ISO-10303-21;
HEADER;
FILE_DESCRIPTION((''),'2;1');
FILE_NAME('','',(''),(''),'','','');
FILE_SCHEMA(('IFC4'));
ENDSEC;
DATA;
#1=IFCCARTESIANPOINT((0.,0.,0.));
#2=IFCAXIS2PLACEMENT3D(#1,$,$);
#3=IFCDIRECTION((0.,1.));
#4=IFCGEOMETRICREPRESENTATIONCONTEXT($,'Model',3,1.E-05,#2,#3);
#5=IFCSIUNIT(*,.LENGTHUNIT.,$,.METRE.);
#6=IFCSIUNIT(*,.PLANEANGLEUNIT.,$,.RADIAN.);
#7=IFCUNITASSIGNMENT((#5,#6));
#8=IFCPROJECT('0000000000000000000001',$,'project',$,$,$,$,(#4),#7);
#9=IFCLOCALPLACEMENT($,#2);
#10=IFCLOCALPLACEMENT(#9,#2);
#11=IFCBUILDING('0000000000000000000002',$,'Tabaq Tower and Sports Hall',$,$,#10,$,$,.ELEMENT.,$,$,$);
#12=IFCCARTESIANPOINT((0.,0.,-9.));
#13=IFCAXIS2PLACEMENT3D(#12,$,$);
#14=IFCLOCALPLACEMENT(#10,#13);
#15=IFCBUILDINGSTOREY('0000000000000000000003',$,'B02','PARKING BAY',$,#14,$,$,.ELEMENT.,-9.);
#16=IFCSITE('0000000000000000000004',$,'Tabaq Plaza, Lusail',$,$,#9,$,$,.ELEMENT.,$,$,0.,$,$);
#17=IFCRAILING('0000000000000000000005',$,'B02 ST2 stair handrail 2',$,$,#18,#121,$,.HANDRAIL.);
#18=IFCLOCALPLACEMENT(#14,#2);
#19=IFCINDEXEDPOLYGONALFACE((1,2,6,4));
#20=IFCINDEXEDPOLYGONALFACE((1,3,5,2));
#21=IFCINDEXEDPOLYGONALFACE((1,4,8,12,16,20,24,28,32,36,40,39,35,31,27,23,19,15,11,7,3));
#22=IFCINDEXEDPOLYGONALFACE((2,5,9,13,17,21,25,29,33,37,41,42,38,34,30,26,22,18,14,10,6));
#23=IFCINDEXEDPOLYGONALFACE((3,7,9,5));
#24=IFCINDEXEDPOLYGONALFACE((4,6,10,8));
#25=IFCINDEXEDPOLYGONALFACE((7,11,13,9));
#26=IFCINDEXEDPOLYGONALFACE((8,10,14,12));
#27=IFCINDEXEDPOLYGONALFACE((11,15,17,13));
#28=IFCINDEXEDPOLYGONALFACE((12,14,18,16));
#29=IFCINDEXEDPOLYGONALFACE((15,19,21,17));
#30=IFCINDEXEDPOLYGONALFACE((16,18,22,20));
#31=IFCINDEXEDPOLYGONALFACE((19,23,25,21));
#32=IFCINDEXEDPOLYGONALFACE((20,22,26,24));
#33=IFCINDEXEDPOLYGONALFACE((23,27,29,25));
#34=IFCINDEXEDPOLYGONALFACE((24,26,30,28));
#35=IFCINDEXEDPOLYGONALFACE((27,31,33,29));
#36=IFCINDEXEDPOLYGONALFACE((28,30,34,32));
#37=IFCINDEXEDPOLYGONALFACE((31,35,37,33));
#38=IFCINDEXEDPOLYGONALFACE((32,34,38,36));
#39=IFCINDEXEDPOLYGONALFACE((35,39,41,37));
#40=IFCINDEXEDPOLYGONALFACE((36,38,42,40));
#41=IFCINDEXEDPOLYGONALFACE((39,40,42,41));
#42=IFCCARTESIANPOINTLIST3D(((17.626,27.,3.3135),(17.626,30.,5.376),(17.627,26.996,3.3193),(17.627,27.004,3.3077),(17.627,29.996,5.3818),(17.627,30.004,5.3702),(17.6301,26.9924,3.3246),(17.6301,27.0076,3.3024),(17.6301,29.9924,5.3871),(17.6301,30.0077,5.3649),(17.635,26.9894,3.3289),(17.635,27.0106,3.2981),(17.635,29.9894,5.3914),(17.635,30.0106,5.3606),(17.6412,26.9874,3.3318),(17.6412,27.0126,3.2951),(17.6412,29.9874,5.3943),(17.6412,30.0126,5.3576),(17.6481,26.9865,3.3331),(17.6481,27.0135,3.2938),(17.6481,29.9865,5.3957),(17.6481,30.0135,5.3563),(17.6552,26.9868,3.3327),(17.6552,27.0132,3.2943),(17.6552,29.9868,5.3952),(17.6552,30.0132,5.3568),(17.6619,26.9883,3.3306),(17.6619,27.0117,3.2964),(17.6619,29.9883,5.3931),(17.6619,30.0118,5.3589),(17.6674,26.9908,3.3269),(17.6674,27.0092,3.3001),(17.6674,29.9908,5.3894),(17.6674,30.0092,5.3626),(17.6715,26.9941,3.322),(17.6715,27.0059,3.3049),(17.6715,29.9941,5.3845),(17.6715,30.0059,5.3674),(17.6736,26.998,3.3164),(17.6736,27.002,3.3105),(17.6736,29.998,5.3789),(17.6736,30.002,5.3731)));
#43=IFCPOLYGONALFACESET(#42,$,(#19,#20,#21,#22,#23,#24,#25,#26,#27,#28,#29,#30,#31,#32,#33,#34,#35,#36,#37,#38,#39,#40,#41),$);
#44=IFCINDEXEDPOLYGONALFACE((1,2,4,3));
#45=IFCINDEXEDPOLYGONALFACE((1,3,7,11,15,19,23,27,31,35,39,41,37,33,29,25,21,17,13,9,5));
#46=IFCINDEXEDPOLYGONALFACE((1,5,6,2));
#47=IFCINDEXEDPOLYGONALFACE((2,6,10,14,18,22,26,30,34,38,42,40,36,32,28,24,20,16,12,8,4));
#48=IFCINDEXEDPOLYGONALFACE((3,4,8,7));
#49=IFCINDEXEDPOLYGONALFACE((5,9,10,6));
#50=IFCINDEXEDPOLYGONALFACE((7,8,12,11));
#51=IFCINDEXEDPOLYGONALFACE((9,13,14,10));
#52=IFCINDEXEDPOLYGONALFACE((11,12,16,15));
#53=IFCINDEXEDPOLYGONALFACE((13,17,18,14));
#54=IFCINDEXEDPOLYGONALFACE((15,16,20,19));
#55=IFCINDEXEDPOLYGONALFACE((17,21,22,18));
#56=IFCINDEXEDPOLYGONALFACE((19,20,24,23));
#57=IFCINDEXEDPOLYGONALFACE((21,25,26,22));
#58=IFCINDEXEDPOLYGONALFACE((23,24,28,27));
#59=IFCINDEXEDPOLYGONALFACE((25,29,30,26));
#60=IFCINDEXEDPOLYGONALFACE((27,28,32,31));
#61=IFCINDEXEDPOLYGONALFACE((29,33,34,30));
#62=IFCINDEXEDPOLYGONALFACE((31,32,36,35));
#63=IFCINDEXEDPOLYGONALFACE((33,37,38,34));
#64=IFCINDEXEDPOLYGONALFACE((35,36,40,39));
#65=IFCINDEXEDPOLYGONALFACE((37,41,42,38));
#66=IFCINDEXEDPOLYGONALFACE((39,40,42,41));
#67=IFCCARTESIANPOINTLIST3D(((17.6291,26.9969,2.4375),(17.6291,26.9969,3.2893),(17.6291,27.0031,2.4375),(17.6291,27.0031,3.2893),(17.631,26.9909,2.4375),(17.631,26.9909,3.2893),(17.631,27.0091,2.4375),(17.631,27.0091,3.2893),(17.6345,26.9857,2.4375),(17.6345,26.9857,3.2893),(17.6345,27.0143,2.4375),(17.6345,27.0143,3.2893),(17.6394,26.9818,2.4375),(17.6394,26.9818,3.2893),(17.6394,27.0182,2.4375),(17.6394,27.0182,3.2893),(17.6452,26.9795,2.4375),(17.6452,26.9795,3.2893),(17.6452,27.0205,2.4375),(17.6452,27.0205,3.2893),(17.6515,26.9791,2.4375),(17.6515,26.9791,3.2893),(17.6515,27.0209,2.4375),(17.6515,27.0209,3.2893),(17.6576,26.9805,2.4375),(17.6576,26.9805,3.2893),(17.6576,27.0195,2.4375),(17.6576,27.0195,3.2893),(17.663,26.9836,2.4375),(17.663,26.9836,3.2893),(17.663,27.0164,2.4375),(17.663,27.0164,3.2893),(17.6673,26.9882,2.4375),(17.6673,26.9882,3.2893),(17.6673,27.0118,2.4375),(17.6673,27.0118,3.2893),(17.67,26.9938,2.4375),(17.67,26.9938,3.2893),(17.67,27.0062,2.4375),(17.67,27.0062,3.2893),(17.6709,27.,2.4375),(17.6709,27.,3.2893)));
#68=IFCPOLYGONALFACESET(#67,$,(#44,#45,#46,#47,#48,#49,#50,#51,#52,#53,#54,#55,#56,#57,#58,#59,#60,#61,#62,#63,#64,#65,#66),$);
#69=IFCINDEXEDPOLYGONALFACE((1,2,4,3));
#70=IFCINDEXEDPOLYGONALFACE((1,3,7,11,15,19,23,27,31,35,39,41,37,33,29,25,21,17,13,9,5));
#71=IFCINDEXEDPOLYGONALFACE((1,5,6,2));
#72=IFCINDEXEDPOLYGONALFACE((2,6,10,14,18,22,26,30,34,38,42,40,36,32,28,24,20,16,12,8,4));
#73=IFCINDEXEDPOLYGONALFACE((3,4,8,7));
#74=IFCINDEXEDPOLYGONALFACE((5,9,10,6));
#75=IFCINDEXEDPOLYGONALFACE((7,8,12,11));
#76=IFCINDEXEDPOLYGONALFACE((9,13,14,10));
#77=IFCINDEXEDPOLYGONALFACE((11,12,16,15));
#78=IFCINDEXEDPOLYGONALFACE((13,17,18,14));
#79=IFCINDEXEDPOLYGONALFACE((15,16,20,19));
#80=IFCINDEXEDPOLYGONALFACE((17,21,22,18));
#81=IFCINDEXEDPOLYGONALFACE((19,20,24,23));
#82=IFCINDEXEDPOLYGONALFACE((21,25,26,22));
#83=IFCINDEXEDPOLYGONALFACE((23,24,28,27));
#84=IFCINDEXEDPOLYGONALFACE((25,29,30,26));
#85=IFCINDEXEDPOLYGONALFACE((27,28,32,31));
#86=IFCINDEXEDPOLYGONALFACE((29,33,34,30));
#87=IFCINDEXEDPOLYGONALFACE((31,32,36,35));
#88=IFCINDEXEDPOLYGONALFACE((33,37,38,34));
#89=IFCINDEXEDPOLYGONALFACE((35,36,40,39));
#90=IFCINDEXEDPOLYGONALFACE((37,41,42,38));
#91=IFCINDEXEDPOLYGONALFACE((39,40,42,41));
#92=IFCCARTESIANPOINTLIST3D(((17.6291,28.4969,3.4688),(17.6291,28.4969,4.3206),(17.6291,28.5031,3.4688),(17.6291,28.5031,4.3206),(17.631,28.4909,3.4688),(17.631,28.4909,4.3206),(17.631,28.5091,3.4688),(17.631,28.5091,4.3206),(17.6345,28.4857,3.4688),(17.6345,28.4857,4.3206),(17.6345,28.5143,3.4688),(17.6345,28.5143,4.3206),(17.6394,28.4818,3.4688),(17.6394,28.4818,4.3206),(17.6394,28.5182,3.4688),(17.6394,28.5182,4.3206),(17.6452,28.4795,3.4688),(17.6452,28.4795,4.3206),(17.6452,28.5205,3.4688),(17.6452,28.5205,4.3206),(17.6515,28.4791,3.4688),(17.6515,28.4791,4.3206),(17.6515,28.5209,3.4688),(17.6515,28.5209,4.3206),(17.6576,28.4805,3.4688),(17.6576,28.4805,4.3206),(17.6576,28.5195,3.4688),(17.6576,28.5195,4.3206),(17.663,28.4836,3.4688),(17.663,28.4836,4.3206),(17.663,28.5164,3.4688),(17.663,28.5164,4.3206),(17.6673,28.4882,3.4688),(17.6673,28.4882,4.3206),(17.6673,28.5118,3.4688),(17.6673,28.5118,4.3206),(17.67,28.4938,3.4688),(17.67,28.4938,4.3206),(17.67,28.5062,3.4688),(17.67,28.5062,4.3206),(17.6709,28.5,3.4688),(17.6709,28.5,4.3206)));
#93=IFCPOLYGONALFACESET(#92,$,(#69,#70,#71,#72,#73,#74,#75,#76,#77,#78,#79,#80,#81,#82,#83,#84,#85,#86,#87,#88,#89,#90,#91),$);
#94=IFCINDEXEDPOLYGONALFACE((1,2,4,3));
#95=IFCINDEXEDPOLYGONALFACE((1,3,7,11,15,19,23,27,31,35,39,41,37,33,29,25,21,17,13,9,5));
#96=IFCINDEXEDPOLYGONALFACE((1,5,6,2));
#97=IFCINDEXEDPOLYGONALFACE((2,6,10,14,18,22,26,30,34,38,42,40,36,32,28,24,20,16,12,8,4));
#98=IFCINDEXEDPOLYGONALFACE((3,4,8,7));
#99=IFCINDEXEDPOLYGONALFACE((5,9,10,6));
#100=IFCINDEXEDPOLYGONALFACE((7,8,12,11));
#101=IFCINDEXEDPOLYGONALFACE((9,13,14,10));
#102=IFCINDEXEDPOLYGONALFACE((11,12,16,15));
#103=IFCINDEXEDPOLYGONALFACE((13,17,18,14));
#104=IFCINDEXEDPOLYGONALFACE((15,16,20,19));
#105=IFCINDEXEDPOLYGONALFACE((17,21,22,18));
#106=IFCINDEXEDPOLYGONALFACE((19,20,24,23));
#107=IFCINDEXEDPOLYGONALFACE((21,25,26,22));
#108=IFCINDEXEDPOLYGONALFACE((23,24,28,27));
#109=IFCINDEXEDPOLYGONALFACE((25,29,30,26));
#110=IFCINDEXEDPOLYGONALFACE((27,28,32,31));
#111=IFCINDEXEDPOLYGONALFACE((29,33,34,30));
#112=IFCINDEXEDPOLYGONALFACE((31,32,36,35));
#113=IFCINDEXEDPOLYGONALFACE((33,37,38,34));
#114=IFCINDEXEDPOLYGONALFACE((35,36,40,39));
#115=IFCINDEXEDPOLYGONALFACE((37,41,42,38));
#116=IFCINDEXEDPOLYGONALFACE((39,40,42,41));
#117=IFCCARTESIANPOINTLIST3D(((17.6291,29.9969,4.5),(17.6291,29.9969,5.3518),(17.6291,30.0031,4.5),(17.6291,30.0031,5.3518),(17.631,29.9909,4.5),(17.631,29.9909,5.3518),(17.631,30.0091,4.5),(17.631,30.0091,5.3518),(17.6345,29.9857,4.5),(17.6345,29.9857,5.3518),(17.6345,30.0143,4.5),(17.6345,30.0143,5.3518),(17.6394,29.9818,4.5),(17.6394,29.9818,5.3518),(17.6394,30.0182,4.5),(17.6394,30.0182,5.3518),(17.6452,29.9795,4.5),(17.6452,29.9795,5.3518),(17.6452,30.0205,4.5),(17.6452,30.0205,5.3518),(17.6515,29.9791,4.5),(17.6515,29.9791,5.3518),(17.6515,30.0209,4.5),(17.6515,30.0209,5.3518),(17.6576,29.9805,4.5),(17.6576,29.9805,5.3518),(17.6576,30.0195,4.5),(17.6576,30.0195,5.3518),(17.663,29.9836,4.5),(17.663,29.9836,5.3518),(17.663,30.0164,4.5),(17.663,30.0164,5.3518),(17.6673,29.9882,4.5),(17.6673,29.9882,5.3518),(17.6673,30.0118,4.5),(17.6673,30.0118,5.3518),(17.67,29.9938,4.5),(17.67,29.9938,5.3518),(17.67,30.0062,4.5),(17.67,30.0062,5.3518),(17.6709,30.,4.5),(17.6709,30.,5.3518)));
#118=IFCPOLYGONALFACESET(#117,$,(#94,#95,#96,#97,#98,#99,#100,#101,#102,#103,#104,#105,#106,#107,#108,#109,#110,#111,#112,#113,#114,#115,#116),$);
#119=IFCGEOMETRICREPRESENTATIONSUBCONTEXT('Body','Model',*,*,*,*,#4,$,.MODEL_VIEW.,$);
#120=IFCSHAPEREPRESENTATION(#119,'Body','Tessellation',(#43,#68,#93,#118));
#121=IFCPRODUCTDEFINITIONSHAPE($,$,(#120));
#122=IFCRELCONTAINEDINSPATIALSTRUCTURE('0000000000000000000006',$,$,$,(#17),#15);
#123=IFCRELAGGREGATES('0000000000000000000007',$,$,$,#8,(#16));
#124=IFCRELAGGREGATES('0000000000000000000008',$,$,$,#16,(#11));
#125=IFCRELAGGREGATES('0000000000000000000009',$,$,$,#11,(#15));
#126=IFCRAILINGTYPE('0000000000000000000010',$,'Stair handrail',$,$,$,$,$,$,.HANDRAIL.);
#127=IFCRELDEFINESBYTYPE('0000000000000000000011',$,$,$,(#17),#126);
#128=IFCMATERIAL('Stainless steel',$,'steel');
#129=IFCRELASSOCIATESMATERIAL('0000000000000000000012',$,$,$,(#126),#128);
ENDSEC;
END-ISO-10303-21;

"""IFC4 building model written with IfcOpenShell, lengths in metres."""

from ifc_helpers import new_model, si_unit, direction, frame, origin, origin_2d, place, context, subcontext, project, spatial, circle, extrude, material, type_object, element, save


model = new_model("IFC4")

# Units and contexts
model_context = context("Model", 3, precision=1e-05, world=origin(), true_north=direction((0.0, 1.0)))
body_context = subcontext(model_context, "Body", "Model", "MODEL_VIEW")
ifc_project = project(units=[si_unit("LENGTHUNIT", "METRE"), si_unit("PLANEANGLEUNIT", "RADIAN")], contexts=[model_context])

# Site, building, storey
site_placement = place(None, origin())
site = spatial("IfcSite", under=ifc_project, at=site_placement, Name="Tabaq Plaza, Lusail", CompositionType="ELEMENT", RefElevation=0.0)
building_placement = place(site_placement, origin())
building = spatial("IfcBuilding", under=site, at=building_placement, Name="Tabaq Tower and Sports Hall", CompositionType="ELEMENT")
storey_placement = place(building_placement, frame((0.0, 0.0, -9.0)))
storey = spatial("IfcBuildingStorey", under=building, at=storey_placement, Name="B02", Description="PARKING BAY", CompositionType="ELEMENT", Elevation=-9.0)

# Railing
ifc_material_1 = material(Name="Stainless steel", Category="steel")
railing_type_1 = type_object("IfcRailingType", Name="Stair handrail", PredefinedType="HANDRAIL", material=ifc_material_1)
railing_1_placement = place(storey_placement, frame((17.6499, 27.0, 2.4375)))
element("IfcRailing", 1, at=railing_1_placement, inside=storey, type_object=railing_type_1, Name="B02 ST2 stair handrail 2", PredefinedType="HANDRAIL", context=body_context, shape_type="SweptSolid", body=[
    extrude(circle(Radius=0.0239, at=origin_2d()), frame((0.0, 0.0, 0.876), z_axis=(0.0, 0.824042, 0.566529), x_axis=(-1.0, 0.0, 0.0)), (0.0, 0.0, 1.0), 3.6406),
    extrude(circle(Radius=0.021, at=origin_2d()), origin(), (0.0, 0.0, 1.0), 0.8518),
    extrude(circle(Radius=0.021, at=origin_2d()), frame((0.0, 1.5, 1.0312)), (0.0, 0.0, 1.0), 0.8518),
    extrude(circle(Radius=0.021, at=origin_2d()), frame((0.0, 3.0, 2.0625)), (0.0, 0.0, 1.0), 0.8518),
])

save(model, "model.ifc")
